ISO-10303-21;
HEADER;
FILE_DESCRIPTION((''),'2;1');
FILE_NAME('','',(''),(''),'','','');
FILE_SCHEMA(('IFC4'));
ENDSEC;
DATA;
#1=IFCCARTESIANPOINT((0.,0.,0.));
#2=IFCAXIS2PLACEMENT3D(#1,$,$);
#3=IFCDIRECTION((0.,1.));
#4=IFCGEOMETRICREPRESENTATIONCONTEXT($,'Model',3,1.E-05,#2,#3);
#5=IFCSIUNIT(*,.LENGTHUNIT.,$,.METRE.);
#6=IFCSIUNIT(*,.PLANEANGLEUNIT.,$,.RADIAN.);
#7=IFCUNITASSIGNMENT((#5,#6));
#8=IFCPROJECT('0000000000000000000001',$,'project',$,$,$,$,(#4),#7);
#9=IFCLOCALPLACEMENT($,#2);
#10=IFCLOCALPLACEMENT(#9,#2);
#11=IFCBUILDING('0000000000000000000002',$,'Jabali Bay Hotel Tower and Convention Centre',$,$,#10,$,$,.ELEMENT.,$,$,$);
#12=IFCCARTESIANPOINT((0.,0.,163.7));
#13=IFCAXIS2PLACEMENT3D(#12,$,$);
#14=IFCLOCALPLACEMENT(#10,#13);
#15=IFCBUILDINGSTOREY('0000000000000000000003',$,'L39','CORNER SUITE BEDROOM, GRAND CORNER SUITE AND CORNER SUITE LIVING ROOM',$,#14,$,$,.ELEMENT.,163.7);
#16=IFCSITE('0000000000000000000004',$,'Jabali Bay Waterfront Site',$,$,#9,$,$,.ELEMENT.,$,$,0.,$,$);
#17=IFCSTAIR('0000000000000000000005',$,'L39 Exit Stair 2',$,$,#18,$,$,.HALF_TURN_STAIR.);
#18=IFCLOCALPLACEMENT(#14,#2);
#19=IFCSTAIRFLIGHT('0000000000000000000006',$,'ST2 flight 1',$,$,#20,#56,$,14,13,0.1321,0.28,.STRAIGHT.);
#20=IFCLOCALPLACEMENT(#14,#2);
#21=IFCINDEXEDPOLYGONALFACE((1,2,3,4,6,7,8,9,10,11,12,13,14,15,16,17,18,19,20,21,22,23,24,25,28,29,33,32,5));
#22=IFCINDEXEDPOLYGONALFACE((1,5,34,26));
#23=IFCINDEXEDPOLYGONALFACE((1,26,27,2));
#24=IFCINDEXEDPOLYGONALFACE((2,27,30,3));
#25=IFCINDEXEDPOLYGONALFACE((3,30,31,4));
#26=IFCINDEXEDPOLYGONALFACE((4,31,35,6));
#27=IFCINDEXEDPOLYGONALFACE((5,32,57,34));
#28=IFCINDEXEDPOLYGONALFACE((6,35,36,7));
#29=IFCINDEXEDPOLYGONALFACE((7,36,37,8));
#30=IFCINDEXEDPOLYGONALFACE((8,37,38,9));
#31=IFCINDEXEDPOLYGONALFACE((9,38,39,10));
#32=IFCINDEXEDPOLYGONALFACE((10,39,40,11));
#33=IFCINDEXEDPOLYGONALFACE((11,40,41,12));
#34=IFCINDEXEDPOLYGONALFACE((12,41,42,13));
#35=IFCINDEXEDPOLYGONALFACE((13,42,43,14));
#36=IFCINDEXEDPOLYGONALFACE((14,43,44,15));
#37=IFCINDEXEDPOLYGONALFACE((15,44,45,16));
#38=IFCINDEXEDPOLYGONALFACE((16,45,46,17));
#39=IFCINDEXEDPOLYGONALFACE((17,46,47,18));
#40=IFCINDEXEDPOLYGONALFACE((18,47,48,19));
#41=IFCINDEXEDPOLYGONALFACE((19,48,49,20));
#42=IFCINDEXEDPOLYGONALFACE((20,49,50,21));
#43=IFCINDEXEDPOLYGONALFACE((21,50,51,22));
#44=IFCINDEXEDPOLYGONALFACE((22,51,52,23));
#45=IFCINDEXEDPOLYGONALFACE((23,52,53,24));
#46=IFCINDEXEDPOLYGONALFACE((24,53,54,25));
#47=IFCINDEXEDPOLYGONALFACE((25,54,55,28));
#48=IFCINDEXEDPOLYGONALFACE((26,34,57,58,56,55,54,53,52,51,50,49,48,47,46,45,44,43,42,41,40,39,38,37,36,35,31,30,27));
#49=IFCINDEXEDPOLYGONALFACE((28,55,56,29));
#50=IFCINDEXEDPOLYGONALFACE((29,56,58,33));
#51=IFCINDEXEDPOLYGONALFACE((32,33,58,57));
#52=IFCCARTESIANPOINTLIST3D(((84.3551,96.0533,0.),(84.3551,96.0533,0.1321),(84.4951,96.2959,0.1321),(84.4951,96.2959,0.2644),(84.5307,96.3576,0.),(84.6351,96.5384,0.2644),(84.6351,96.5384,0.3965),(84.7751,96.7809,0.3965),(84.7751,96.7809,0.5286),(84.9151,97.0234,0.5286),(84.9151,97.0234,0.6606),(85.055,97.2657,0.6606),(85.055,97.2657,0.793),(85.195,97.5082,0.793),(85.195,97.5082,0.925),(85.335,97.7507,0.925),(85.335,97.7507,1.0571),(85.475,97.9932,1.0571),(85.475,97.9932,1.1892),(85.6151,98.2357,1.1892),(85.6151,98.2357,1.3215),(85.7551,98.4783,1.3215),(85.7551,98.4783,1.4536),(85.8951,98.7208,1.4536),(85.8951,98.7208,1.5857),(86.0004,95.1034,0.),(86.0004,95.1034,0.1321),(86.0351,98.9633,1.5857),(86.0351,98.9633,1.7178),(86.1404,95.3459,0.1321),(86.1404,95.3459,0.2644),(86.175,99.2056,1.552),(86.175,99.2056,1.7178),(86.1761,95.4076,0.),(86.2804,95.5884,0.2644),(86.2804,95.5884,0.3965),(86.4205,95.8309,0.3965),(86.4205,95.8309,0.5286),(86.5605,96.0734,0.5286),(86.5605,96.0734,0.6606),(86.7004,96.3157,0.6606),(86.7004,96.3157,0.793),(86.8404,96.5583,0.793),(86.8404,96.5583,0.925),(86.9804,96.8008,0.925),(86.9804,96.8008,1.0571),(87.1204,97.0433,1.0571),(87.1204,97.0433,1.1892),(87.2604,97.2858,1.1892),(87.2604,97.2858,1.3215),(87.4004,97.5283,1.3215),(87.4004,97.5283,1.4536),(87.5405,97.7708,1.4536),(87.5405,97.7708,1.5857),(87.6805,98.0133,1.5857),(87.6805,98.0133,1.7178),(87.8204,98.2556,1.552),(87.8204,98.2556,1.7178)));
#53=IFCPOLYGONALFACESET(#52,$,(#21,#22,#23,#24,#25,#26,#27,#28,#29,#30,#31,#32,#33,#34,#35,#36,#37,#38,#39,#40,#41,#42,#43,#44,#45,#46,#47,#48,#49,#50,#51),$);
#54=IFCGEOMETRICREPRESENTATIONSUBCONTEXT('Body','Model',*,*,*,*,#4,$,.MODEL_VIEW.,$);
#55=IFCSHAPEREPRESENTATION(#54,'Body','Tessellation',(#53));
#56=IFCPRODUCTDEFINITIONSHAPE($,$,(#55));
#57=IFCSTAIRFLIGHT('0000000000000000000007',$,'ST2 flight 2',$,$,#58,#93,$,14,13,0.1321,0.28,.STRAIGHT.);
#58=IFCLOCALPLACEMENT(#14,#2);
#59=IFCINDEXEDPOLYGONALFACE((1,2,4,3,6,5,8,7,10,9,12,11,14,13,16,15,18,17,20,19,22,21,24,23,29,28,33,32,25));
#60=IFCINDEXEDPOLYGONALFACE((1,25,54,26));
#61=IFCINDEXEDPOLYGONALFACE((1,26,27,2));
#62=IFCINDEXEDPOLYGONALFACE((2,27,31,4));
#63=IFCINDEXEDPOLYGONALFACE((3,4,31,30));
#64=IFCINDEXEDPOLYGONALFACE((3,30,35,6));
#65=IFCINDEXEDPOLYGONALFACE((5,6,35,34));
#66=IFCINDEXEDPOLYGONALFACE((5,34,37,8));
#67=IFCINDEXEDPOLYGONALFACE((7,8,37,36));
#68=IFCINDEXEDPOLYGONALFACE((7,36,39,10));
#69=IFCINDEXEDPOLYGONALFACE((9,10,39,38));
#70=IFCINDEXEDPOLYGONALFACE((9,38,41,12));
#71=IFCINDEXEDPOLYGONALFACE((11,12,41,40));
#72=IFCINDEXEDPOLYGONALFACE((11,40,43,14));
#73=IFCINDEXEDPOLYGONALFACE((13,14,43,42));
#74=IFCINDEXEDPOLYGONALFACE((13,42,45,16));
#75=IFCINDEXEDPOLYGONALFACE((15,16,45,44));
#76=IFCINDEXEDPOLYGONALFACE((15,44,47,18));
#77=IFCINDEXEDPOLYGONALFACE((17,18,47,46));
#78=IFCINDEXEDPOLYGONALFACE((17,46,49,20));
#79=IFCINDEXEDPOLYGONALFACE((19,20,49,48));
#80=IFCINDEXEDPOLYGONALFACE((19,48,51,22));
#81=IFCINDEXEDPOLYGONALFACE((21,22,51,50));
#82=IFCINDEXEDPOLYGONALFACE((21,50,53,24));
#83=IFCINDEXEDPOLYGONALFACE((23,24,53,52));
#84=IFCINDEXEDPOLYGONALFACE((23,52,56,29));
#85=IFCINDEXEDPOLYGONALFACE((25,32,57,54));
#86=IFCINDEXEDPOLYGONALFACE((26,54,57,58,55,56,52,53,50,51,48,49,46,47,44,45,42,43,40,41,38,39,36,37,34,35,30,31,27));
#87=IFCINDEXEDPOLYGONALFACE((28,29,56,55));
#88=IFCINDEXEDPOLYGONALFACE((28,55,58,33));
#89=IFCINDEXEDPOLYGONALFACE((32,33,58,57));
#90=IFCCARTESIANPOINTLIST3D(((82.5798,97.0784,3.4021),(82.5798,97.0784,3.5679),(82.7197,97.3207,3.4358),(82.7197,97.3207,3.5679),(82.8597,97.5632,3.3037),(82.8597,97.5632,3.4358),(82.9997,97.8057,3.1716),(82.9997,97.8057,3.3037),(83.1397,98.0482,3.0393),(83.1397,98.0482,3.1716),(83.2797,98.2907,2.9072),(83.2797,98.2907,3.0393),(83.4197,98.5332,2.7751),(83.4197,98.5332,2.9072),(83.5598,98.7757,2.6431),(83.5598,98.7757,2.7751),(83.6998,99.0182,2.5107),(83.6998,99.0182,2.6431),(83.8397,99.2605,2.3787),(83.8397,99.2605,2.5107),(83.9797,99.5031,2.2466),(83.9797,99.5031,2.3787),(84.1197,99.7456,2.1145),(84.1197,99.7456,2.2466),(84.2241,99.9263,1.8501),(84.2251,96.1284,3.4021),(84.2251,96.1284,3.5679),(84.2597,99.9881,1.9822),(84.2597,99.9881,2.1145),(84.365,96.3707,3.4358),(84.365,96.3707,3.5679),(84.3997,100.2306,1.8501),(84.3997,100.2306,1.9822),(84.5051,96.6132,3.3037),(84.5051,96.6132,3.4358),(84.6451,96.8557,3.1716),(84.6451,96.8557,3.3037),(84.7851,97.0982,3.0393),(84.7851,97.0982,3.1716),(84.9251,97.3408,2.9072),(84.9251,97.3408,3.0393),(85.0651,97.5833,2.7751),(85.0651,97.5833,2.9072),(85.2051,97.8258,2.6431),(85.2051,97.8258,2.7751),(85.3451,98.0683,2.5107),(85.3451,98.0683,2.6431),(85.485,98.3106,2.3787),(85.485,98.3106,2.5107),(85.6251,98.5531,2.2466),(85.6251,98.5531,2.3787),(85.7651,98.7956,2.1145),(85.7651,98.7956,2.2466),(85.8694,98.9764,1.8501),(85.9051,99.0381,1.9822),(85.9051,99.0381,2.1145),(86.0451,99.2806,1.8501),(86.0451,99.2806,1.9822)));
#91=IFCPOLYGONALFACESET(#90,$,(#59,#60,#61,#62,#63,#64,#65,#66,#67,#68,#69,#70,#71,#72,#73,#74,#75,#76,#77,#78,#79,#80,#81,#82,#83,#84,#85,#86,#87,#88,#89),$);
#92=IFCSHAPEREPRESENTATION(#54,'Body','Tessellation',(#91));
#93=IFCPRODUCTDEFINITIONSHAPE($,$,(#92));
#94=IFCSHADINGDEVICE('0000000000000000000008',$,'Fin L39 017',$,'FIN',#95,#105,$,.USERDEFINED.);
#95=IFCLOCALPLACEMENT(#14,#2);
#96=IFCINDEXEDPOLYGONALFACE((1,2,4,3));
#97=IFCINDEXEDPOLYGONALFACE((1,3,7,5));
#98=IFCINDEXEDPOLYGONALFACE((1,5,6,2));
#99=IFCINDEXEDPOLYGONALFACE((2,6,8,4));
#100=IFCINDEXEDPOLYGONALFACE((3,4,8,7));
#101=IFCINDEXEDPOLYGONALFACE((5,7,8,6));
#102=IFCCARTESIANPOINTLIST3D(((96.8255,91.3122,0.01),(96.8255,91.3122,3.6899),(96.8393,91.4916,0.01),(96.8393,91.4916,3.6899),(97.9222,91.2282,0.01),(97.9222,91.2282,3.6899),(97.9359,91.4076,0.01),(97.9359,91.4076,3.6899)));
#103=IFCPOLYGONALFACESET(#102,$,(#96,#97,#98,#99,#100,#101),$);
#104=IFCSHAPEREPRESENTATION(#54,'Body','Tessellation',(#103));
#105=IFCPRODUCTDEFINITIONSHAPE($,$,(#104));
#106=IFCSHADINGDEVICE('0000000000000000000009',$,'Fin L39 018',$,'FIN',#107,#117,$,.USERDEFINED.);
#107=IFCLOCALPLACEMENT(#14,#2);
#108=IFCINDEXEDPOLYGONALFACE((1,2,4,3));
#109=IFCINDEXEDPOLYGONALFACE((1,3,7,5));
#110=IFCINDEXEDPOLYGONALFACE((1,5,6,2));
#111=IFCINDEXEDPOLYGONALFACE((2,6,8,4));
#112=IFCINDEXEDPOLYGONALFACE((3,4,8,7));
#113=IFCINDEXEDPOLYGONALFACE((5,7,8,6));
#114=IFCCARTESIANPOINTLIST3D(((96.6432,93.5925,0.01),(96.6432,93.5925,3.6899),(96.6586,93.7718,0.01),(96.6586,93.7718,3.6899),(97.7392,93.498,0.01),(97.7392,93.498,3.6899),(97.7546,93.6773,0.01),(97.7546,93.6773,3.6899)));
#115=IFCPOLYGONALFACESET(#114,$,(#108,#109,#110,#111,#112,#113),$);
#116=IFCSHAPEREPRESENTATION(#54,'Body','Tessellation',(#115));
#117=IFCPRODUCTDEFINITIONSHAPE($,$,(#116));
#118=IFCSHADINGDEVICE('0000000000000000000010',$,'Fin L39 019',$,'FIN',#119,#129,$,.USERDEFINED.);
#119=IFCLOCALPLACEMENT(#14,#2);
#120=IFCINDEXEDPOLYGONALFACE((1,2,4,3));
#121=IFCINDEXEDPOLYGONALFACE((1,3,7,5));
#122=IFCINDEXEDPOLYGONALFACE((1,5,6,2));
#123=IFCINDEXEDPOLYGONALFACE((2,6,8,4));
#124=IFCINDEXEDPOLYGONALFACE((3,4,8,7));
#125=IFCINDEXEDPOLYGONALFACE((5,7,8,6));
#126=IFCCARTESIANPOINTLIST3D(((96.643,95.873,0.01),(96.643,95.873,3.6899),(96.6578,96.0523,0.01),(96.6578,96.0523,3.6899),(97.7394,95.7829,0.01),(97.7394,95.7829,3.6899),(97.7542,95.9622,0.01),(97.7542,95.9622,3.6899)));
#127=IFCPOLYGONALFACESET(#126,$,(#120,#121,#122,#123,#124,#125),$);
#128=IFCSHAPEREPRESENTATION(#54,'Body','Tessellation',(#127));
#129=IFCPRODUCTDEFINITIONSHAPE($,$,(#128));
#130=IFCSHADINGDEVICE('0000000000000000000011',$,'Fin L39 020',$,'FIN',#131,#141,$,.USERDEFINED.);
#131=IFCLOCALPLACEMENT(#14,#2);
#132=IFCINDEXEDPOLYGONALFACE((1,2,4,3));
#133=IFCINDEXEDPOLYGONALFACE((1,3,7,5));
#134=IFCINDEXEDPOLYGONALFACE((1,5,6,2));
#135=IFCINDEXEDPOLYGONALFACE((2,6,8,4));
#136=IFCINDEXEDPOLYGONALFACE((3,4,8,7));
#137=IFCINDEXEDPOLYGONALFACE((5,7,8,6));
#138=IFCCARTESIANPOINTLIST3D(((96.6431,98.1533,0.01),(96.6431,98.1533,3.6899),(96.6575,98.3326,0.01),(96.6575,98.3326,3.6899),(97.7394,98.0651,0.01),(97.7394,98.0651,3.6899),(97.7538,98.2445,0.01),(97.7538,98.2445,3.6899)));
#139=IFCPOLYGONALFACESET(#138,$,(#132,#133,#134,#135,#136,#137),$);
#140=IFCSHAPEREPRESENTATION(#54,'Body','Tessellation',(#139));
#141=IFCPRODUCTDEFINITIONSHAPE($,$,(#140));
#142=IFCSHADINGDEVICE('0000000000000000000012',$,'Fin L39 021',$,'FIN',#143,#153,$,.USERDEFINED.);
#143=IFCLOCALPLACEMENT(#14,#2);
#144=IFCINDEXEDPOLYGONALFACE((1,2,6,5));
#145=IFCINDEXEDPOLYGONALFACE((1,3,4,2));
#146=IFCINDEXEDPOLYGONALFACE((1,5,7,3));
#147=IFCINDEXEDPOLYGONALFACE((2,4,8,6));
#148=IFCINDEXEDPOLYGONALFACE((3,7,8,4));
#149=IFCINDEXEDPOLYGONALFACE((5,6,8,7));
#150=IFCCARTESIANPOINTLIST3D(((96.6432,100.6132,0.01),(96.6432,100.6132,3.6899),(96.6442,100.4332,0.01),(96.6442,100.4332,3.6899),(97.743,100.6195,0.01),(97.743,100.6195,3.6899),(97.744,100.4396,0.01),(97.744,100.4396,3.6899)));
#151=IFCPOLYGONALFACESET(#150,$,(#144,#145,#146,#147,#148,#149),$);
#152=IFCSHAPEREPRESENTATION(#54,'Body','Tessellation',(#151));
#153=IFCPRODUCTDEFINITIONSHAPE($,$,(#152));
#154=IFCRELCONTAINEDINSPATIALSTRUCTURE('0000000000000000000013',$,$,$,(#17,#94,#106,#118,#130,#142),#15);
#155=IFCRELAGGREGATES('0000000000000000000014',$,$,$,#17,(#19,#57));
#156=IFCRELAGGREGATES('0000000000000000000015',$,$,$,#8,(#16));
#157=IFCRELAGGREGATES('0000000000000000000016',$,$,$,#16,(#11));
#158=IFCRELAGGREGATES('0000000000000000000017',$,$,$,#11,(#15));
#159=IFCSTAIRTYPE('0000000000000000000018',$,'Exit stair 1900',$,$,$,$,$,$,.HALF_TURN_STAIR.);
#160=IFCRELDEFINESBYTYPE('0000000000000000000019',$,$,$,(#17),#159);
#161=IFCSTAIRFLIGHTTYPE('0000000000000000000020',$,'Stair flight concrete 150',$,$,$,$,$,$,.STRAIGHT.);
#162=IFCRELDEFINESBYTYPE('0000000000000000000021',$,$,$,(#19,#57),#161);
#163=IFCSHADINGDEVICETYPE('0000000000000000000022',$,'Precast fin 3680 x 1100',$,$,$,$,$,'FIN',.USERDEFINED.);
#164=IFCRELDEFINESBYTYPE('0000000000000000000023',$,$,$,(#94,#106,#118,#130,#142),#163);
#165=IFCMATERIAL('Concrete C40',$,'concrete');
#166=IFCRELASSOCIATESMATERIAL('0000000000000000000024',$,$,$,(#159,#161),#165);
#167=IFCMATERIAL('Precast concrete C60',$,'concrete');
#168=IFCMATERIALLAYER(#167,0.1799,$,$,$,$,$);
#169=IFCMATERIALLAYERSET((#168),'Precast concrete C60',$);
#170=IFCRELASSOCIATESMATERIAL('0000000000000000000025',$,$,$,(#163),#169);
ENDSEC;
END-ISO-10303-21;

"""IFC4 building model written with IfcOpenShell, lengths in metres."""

from ifc_helpers import new_model, si_unit, direction, frame, frame_2d, origin, place, context, subcontext, project, spatial, polyline, rectangle, outline, extrude, material, layer, layer_set, type_object, element, aggregate, save


model = new_model("IFC4")

# Units and contexts
model_context = context("Model", 3, precision=1e-05, world=origin(), true_north=direction((0.0, 1.0)))
body_context = subcontext(model_context, "Body", "Model", "MODEL_VIEW")
ifc_project = project(units=[si_unit("LENGTHUNIT", "METRE"), si_unit("PLANEANGLEUNIT", "RADIAN")], contexts=[model_context])

# Site, building, storey
site_placement = place(None, origin())
site = spatial("IfcSite", under=ifc_project, at=site_placement, Name="Jabali Bay Waterfront Site", CompositionType="ELEMENT", RefElevation=0.0)
building_placement = place(site_placement, origin())
building = spatial("IfcBuilding", under=site, at=building_placement, Name="Jabali Bay Hotel Tower and Convention Centre", CompositionType="ELEMENT")
storey_placement = place(building_placement, frame((0.0, 0.0, 163.7)))
storey = spatial("IfcBuildingStorey", under=building, at=storey_placement, Name="L39", Description="CORNER SUITE BEDROOM, GRAND CORNER SUITE AND CORNER SUITE LIVING ROOM", CompositionType="ELEMENT", Elevation=163.7)

# Shared definitions
ifc_material_1 = material(Name="Concrete C40", Category="concrete")

# Stair, stair flights
stair_type = type_object("IfcStairType", Name="Exit stair 1900", PredefinedType="HALF_TURN_STAIR", material=ifc_material_1)
stair_placement = place(storey_placement, origin())
stair = element("IfcStair", 1, at=stair_placement, inside=storey, type_object=stair_type, Name="L39 Exit Stair 2", PredefinedType="HALF_TURN_STAIR")
stair_flight_type = type_object("IfcStairFlightType", Name="Stair flight concrete 150", PredefinedType="STRAIGHT", material=ifc_material_1)
stair_flight_1_placement = place(storey_placement, frame((85.1777, 95.5784, 0.0), z_axis=(0.0, 0.0, 1.0), x_axis=(0.5, 0.866025, 0.0)))
stair_flight_1 = element("IfcStairFlight", 2, at=stair_flight_1_placement, type_object=stair_flight_type, Name="ST2 flight 1", NumberOfRisers=14, NumberOfTreads=13, PredefinedType="STRAIGHT", RiserHeight=0.1321, TreadLength=0.28, context=body_context, shape_type="SweptSolid", body=[
    extrude(outline(polyline([(0.0, 0.0), (0.0, 0.1321), (0.28, 0.1321), (0.28, 0.2644), (0.5601, 0.2644), (0.5601, 0.3965), (0.8401, 0.3965), (0.8401, 0.5286), (1.1201, 0.5286), (1.1201, 0.6606), (1.3999, 0.6606), (1.3999, 0.793), (1.6799, 0.793), (1.6799, 0.925), (1.96, 0.925), (1.96, 1.0571), (2.24, 1.0571), (2.24, 1.1892), (2.52, 1.1892), (2.52, 1.3215), (2.8, 1.3215), (2.8, 1.4536), (3.0801, 1.4536), (3.0801, 1.5857), (3.3601, 1.5857), (3.3601, 1.7178), (3.6399, 1.7178), (3.6399, 1.8501), (3.6399, 1.552), (0.3513, 0.0), (0.0, 0.0)])), frame((0.0, 0.95, 0.0), z_axis=(0.0, -1.0, 0.0), x_axis=(1.0, 0.0, 0.0)), (0.0, 0.0, 1.0), 1.8999),
])
stair_flight_2_placement = place(storey_placement, frame((85.2224, 99.7556, 1.8501), z_axis=(0.0, 0.0, 1.0), x_axis=(-0.5, -0.866025, 0.0)))
stair_flight_2 = element("IfcStairFlight", 3, at=stair_flight_2_placement, type_object=stair_flight_type, Name="ST2 flight 2", NumberOfRisers=14, NumberOfTreads=13, PredefinedType="STRAIGHT", RiserHeight=0.1321, TreadLength=0.28, context=body_context, shape_type="SweptSolid", body=[
    extrude(outline(polyline([(0.0, 0.0), (0.0, 0.1321), (0.28, 0.1321), (0.28, 0.2644), (0.5601, 0.2644), (0.5601, 0.3965), (0.8401, 0.3965), (0.8401, 0.5286), (1.1201, 0.5286), (1.1201, 0.6606), (1.3999, 0.6606), (1.3999, 0.793), (1.6799, 0.793), (1.6799, 0.925), (1.96, 0.925), (1.96, 1.0571), (2.24, 1.0571), (2.24, 1.1892), (2.52, 1.1892), (2.52, 1.3215), (2.8, 1.3215), (2.8, 1.4536), (3.0801, 1.4536), (3.0801, 1.5857), (3.3601, 1.5857), (3.3601, 1.7178), (3.6399, 1.7178), (3.6399, 1.8501), (3.6399, 1.552), (0.3513, 0.0), (0.0, 0.0)])), frame((0.0, 0.95, 0.0), z_axis=(0.0, -1.0, 0.0), x_axis=(1.0, 0.0, 0.0)), (0.0, 0.0, 1.0), 1.8999),
])
aggregate(stair, [stair_flight_1, stair_flight_2])

# Shading devices
ifc_material_2 = material(Name="Precast concrete C60", Category="concrete")
ifc_layer_1 = layer(ifc_material_2, 0.1799)
ifc_layer_set_1 = layer_set([ifc_layer_1], Name="Precast concrete C60")
shading_device_type = type_object("IfcShadingDeviceType", Name="Precast fin 3680 x 1100", ElementType="FIN", PredefinedType="USERDEFINED", material=ifc_layer_set_1)
shading_device_placement = place(storey_placement, frame((96.8325, 91.4019, 0.01), z_axis=(0.0, 0.0, 1.0), x_axis=(0.997081, -0.076357, 0.0)))
element("IfcShadingDevice", 4, at=shading_device_placement, inside=storey, type_object=shading_device_type, Name="Fin L39 017", ObjectType="FIN", PredefinedType="USERDEFINED", context=body_context, shape_type="SweptSolid", body=[
    extrude(rectangle(XDim=1.0999, YDim=0.1799, at=frame_2d((0.5498, 0.0))), origin(), (0.0, 0.0, 1.0), 3.6799),
])
for number, where, z_axis, x_axis, name in (
    (5, (96.6509, 93.6821, 0.01), (0.0, 0.0, 1.0), (0.996304, -0.085892, 0.0), "Fin L39 018"),
    (6, (96.6504, 95.9626, 0.01), (0.0, 0.0, 1.0), (0.996642, -0.081888, 0.0), "Fin L39 019"),
):
    element("IfcShadingDevice", number, at=place(storey_placement, frame(where, z_axis=z_axis, x_axis=x_axis)), inside=storey, type_object=shading_device_type, Name=name, ObjectType="FIN", PredefinedType="USERDEFINED", context=body_context, shape_type="SweptSolid", body=[
        extrude(rectangle(XDim=1.1001, YDim=0.1799, at=frame_2d((0.55, 0.0))), origin(), (0.0, 0.0, 1.0), 3.6799),
    ])
for number, where, z_axis, x_axis, name in (
    (7, (96.6504, 98.2429, 0.01), (0.0, 0.0, 1.0), (0.996785, -0.080125, 0.0), "Fin L39 020"),
    (8, (96.6438, 100.5232, 0.01), (0.0, 0.0, 1.0), (0.999983, 0.005771, 0.0), "Fin L39 021"),
):
    element("IfcShadingDevice", number, at=place(storey_placement, frame(where, z_axis=z_axis, x_axis=x_axis)), inside=storey, type_object=shading_device_type, Name=name, ObjectType="FIN", PredefinedType="USERDEFINED", context=body_context, shape_type="SweptSolid", body=[
        extrude(rectangle(XDim=1.0999, YDim=0.1799, at=frame_2d((0.5498, 0.0))), origin(), (0.0, 0.0, 1.0), 3.6799),
    ])

save(model, "model.ifc")
